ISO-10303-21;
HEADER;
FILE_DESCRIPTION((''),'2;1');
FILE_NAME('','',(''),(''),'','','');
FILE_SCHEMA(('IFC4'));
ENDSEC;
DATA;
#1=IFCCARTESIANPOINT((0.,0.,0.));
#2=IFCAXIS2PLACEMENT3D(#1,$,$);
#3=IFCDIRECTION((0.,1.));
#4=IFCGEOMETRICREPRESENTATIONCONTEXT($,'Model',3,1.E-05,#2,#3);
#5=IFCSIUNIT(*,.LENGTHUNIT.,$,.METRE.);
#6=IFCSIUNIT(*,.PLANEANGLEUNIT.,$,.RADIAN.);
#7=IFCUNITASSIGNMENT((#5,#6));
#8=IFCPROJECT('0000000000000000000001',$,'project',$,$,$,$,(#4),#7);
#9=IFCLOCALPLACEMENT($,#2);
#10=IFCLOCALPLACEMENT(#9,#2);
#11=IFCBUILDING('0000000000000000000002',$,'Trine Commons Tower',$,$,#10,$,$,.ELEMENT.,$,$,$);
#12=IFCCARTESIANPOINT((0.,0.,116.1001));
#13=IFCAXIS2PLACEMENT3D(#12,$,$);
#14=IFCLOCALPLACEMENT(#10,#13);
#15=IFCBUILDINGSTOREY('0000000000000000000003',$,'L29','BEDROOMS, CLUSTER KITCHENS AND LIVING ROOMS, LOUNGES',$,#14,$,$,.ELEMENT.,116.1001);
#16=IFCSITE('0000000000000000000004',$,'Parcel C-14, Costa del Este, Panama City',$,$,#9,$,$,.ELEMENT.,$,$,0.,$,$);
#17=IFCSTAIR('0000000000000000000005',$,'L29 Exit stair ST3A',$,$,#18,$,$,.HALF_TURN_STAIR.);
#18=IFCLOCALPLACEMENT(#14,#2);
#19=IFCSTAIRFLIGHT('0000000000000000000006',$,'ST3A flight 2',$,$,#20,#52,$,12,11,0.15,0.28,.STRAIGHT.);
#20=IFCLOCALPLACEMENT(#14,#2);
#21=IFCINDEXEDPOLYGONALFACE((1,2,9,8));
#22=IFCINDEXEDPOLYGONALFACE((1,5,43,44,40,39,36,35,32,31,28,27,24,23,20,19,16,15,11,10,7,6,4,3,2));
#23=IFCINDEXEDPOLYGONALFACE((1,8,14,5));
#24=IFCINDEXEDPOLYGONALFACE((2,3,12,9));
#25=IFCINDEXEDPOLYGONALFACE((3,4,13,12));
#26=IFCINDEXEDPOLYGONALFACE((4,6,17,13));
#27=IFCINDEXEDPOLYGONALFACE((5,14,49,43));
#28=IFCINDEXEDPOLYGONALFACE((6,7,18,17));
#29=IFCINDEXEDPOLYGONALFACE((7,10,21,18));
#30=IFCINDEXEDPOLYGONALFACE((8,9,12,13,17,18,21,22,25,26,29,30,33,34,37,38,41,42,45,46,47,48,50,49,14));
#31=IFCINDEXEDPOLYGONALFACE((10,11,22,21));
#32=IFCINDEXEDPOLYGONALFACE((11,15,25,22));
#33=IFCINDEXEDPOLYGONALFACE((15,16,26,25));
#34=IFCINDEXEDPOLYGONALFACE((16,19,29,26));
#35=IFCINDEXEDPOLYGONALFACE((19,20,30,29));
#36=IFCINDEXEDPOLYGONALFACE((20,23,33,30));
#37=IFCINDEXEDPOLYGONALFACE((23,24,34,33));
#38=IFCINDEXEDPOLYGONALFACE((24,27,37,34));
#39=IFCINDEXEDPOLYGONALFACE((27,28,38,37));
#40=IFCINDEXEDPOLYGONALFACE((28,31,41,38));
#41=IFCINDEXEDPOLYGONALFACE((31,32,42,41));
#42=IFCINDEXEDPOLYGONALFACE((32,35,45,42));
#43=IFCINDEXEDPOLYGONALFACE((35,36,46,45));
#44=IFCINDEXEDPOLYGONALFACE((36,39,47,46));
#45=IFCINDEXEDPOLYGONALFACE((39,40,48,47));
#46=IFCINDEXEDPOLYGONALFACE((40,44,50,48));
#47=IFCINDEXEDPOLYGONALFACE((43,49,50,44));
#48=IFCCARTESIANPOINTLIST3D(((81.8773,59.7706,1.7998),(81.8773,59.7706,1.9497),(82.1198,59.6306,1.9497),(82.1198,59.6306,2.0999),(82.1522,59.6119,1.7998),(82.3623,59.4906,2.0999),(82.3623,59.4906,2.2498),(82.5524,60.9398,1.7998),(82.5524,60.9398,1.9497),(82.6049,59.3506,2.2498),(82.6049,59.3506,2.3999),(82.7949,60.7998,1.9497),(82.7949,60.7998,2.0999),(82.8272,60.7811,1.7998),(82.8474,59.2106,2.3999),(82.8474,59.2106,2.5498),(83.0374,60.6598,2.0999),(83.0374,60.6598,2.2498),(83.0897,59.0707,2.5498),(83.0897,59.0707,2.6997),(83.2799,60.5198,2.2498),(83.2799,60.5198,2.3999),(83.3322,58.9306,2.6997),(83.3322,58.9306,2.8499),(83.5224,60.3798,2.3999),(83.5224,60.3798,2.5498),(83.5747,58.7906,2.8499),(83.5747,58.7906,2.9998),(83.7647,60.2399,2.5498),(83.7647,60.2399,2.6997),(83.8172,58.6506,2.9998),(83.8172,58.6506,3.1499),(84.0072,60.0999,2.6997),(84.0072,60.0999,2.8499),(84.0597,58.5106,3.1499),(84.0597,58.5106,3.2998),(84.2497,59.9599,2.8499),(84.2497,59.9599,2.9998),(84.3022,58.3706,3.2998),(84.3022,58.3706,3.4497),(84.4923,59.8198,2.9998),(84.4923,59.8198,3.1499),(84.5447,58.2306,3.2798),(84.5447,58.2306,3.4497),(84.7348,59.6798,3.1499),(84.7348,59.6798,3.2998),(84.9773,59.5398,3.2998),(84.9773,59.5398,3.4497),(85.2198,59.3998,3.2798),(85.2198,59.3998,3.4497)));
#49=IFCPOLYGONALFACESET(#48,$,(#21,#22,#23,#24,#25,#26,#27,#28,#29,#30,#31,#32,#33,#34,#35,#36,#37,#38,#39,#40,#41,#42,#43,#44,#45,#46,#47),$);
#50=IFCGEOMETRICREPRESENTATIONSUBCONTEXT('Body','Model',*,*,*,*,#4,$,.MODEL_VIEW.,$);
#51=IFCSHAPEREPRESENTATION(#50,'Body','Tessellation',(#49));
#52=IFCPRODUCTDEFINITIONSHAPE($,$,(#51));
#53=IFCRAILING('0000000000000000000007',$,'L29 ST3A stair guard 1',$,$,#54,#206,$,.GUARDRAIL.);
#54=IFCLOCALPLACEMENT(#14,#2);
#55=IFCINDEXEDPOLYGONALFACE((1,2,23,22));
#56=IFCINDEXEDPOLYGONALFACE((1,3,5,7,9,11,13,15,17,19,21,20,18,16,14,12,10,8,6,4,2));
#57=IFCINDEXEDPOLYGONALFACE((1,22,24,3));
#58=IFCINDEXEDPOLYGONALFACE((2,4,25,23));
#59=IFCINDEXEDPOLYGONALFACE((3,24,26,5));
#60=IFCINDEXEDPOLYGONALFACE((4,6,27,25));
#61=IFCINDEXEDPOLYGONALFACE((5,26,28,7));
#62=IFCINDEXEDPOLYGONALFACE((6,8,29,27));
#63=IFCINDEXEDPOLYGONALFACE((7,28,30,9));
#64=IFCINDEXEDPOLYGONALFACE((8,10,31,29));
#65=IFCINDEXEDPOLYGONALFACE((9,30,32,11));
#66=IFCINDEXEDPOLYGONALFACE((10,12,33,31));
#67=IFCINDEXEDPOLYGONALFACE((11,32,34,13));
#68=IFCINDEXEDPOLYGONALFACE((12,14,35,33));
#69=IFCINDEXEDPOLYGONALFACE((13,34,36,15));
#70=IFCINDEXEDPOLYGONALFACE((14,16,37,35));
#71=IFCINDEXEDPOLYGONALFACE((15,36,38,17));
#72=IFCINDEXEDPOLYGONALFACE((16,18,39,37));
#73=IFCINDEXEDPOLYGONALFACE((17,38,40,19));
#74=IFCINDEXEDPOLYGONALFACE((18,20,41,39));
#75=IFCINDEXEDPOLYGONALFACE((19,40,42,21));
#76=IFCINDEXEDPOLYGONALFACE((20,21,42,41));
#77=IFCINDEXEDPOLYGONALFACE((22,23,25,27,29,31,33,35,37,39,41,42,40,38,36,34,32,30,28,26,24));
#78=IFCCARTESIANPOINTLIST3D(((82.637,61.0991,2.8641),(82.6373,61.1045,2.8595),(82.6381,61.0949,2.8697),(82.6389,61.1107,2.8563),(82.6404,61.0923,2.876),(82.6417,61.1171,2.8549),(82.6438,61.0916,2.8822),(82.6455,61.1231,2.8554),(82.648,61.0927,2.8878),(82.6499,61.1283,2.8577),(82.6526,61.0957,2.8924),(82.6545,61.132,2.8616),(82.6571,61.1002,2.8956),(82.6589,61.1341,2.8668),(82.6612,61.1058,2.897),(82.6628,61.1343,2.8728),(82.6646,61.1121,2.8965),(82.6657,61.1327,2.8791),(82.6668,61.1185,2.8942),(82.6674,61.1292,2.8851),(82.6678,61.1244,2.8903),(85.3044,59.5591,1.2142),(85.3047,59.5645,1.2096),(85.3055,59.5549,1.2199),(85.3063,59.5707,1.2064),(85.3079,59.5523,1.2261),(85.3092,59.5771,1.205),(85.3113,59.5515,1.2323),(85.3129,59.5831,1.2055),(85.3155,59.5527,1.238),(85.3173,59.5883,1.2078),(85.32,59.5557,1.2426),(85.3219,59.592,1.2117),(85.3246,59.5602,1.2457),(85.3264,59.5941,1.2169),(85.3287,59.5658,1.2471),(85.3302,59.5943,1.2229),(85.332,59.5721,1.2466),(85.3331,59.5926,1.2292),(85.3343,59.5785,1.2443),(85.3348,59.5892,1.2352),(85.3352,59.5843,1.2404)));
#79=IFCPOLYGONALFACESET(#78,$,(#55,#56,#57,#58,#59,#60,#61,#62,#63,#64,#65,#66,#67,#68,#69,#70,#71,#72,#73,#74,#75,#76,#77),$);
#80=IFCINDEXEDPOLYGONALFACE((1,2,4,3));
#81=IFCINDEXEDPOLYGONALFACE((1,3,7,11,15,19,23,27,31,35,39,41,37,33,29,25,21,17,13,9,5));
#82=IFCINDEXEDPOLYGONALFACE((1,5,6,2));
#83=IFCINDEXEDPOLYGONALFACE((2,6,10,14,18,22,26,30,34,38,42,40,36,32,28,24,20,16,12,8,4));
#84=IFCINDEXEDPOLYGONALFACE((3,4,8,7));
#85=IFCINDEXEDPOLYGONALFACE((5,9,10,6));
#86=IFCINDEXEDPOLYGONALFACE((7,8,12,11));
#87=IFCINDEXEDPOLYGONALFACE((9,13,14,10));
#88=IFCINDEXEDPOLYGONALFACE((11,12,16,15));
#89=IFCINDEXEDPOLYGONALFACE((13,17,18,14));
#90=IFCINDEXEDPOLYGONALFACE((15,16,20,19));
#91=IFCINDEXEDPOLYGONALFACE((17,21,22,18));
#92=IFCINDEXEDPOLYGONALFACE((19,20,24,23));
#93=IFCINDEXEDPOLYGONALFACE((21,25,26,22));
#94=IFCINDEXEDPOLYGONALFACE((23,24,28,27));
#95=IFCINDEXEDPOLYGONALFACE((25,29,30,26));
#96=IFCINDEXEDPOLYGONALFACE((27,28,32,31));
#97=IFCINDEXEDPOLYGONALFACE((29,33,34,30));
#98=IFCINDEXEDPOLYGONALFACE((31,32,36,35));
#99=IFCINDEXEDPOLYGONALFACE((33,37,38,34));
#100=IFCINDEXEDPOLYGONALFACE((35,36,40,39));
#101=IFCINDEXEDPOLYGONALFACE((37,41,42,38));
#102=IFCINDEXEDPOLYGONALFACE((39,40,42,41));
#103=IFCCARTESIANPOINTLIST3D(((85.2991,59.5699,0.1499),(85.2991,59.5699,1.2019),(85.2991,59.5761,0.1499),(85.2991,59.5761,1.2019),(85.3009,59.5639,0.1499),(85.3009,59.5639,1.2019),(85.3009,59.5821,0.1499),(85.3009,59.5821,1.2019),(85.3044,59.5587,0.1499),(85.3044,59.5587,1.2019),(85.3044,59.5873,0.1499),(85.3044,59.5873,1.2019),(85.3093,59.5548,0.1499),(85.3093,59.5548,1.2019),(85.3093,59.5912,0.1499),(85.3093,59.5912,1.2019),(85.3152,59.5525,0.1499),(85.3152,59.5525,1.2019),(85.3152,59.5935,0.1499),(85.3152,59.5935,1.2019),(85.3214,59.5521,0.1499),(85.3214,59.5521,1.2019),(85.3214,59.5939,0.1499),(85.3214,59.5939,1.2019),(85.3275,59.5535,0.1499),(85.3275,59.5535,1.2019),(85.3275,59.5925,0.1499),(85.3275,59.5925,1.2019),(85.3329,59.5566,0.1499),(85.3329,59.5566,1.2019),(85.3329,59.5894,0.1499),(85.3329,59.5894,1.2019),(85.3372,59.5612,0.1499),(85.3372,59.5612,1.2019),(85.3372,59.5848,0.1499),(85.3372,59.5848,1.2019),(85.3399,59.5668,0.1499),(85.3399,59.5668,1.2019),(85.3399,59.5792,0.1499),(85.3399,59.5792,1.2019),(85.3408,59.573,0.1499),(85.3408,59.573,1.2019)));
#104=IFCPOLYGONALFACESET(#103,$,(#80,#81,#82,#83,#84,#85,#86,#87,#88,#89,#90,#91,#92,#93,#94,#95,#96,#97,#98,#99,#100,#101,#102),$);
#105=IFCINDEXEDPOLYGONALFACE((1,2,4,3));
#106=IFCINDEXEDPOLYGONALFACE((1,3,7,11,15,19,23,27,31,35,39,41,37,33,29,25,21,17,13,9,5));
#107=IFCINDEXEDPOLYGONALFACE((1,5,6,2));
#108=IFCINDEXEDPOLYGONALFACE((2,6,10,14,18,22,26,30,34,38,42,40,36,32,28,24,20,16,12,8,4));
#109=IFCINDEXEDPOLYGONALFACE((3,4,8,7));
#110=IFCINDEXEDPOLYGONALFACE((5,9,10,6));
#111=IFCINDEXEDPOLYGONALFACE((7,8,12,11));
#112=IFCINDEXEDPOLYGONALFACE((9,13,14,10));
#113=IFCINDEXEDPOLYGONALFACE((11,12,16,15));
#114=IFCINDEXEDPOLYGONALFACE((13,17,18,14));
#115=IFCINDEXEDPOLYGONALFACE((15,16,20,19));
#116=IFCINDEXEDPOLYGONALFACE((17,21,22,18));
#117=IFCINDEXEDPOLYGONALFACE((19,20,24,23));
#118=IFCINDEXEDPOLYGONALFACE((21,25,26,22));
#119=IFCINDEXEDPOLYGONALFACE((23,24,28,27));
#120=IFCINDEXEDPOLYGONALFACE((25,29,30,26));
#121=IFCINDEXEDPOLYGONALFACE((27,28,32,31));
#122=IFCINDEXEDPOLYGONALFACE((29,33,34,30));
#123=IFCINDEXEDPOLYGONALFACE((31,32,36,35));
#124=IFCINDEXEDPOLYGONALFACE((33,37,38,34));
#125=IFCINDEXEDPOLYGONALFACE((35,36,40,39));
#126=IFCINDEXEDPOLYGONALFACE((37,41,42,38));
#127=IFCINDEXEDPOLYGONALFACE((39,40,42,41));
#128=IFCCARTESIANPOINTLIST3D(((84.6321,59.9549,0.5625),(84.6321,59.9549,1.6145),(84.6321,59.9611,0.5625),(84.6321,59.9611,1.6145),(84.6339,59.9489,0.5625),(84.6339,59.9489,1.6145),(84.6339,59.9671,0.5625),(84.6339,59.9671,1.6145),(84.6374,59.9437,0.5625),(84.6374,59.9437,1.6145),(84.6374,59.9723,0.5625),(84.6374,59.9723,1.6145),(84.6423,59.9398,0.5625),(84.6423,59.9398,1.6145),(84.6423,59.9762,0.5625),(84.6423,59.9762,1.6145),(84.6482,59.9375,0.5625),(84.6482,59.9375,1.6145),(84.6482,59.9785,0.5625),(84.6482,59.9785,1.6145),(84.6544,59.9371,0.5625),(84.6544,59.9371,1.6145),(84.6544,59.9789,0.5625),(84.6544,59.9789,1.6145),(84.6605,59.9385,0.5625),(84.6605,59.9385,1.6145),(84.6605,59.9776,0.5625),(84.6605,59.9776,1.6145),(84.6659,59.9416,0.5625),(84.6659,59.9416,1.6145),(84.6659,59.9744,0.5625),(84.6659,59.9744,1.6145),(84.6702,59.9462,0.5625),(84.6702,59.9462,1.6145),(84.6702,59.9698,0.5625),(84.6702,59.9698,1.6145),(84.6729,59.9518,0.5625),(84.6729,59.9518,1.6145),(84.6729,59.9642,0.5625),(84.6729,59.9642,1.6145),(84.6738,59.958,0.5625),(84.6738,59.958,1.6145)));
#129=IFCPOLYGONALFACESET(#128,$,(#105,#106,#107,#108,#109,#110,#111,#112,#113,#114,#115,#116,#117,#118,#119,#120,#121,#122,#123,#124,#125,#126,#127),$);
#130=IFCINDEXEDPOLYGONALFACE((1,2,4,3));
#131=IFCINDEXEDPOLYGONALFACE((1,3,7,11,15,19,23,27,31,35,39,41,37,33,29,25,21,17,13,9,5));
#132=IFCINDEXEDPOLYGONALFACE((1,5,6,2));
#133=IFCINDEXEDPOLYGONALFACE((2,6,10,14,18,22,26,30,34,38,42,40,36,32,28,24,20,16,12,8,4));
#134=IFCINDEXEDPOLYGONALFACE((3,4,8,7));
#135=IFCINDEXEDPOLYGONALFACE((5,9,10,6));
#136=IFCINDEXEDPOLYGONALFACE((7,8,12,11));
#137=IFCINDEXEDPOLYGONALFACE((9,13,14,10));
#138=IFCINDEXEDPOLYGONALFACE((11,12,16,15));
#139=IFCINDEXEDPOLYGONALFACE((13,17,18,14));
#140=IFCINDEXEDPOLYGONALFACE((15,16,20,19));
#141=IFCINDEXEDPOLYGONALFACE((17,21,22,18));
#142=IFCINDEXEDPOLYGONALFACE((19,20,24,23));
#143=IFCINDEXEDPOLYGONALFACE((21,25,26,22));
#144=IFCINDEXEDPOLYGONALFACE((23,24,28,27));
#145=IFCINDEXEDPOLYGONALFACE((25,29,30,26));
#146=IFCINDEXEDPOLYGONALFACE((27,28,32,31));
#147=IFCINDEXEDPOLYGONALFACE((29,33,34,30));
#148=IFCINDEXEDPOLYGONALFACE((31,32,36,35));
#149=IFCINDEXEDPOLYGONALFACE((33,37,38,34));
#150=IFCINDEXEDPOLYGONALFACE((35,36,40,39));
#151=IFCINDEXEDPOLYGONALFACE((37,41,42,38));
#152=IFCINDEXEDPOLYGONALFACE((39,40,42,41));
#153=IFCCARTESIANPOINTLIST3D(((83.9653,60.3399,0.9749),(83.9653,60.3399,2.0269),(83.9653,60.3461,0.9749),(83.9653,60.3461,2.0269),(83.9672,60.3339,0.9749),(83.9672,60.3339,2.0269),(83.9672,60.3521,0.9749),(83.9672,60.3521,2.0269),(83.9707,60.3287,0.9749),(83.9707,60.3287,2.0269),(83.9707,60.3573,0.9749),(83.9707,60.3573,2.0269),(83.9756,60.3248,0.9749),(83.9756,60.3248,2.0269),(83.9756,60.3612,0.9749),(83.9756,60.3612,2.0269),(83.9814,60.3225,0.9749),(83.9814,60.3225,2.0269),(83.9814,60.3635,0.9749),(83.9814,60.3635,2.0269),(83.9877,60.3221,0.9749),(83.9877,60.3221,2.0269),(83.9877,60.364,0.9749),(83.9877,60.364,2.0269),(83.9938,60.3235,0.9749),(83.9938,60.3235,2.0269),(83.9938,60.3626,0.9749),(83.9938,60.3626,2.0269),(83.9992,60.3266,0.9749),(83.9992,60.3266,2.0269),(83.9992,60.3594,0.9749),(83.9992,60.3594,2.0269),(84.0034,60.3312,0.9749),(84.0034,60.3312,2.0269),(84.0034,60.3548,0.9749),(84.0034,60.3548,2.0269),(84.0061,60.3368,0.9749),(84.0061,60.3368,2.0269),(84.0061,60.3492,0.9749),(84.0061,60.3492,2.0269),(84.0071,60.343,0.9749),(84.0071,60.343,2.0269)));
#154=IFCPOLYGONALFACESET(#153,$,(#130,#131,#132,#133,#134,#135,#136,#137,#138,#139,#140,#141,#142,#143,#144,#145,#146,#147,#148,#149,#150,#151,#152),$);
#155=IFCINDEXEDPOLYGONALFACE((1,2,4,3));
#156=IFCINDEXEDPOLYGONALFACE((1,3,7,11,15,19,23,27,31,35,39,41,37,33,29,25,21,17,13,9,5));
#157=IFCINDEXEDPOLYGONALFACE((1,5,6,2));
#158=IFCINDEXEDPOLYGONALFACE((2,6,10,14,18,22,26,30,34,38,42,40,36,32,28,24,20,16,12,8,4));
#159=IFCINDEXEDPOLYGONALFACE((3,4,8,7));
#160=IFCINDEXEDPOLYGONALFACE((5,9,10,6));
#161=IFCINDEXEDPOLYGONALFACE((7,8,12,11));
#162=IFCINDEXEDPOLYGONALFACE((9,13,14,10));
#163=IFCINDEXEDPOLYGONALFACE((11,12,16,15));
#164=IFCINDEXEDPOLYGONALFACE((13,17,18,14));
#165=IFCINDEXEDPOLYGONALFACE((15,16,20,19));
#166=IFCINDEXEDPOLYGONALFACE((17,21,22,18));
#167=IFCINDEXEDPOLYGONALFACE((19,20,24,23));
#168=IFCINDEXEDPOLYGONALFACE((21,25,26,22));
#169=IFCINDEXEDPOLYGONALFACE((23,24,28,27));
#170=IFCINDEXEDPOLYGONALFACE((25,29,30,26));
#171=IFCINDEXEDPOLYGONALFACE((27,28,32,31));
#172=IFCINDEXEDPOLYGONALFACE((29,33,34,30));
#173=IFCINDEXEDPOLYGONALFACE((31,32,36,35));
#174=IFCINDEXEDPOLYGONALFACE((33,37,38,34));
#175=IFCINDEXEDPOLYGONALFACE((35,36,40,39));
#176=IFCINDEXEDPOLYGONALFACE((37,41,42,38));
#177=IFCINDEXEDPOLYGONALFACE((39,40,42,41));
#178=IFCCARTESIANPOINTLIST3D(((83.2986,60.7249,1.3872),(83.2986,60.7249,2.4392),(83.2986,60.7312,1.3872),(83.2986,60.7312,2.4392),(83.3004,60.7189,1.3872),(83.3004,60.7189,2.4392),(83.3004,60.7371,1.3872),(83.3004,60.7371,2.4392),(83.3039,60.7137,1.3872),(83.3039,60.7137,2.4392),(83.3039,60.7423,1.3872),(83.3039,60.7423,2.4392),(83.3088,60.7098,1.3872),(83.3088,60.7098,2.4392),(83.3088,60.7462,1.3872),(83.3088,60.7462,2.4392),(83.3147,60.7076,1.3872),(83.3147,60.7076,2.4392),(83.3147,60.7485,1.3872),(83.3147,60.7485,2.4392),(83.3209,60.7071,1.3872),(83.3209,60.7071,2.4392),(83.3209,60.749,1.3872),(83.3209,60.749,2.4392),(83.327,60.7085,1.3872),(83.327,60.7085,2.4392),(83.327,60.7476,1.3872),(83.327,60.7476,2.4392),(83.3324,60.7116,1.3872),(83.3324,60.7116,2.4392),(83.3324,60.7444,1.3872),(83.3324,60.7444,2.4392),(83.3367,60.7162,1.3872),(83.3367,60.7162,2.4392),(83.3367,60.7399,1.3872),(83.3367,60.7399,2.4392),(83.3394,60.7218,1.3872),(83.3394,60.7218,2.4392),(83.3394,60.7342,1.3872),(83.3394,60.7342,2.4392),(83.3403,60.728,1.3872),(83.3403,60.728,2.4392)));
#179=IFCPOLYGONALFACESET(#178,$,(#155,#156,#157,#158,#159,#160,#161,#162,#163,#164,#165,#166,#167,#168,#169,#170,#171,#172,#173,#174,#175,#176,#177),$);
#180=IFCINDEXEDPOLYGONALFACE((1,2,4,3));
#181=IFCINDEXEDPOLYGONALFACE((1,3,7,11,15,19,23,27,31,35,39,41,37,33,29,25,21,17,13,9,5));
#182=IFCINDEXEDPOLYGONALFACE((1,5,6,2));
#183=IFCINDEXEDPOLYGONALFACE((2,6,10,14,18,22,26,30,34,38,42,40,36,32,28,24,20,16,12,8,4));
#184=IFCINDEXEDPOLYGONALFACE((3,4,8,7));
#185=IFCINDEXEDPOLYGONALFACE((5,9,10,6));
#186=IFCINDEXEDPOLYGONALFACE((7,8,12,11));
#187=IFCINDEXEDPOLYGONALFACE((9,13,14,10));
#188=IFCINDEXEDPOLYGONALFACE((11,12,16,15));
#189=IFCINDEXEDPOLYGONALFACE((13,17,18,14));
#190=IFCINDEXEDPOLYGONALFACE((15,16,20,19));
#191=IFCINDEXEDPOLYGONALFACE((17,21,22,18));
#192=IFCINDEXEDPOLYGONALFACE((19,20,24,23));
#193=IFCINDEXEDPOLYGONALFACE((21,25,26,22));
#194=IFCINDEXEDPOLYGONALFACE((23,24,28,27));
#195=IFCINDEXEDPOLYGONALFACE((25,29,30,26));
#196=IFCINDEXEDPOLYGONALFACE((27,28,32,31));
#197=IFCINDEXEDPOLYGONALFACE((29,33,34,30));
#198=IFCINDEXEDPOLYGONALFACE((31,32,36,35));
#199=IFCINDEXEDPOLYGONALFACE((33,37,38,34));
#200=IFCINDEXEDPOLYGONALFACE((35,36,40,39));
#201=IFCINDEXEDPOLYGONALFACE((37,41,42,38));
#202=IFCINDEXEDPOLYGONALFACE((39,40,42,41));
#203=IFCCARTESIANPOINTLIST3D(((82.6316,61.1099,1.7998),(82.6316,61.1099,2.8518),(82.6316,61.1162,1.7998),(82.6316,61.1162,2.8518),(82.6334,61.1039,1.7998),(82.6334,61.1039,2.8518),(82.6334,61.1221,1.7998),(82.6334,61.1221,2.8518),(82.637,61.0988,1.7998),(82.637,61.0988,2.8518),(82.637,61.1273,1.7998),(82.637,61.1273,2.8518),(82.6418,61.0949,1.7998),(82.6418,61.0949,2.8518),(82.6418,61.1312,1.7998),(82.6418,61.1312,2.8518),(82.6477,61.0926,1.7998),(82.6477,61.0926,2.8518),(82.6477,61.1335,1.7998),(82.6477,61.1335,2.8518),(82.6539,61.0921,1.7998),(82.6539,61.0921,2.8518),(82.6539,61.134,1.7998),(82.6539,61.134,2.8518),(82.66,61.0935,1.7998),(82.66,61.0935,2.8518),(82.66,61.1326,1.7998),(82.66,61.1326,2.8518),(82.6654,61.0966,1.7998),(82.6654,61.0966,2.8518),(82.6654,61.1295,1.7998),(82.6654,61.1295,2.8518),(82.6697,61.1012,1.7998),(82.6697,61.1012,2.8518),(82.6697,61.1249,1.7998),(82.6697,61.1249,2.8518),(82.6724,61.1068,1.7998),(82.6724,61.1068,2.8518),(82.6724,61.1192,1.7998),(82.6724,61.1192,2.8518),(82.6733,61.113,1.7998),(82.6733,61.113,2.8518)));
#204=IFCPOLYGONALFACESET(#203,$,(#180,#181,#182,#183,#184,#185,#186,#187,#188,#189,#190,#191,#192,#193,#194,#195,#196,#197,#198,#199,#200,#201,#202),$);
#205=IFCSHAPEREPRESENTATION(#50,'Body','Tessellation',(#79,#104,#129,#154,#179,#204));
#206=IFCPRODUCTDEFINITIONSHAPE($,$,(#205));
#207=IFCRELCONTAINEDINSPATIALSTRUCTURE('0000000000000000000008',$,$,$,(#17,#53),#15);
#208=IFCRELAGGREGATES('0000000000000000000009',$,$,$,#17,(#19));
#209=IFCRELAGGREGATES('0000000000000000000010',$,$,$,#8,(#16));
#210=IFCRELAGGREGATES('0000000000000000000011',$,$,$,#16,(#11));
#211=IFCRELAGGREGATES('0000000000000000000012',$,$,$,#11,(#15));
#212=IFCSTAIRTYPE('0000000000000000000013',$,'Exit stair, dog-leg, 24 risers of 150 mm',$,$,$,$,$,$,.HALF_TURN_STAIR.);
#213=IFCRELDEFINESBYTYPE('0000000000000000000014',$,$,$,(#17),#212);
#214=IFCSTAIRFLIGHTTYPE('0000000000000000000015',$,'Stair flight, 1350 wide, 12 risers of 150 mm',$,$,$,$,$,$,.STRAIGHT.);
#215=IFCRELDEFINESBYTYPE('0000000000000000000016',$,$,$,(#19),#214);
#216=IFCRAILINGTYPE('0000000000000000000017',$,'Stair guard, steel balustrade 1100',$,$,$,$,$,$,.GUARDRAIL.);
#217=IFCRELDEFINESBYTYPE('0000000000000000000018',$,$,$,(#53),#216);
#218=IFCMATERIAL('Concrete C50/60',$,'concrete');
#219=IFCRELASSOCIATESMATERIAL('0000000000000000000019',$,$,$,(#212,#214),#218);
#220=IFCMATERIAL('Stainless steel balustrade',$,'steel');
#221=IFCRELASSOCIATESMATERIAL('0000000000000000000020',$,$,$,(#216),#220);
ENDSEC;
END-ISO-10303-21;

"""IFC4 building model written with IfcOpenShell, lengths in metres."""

from ifc_helpers import new_model, si_unit, direction, frame, origin, origin_2d, place, context, subcontext, project, spatial, polyline, circle, outline, extrude, material, type_object, element, aggregate, save


model = new_model("IFC4")

# Units and contexts
model_context = context("Model", 3, precision=1e-05, world=origin(), true_north=direction((0.0, 1.0)))
body_context = subcontext(model_context, "Body", "Model", "MODEL_VIEW")
ifc_project = project(units=[si_unit("LENGTHUNIT", "METRE"), si_unit("PLANEANGLEUNIT", "RADIAN")], contexts=[model_context])

# Site, building, storey
site_placement = place(None, origin())
site = spatial("IfcSite", under=ifc_project, at=site_placement, Name="Parcel C-14, Costa del Este, Panama City", CompositionType="ELEMENT", RefElevation=0.0)
building_placement = place(site_placement, origin())
building = spatial("IfcBuilding", under=site, at=building_placement, Name="Trine Commons Tower", CompositionType="ELEMENT")
storey_placement = place(building_placement, frame((0.0, 0.0, 116.1001)))
storey = spatial("IfcBuildingStorey", under=building, at=storey_placement, Name="L29", Description="BEDROOMS, CLUSTER KITCHENS AND LIVING ROOMS, LOUNGES", CompositionType="ELEMENT", Elevation=116.1001)

# Shared definitions
ifc_material_1 = material(Name="Concrete C50/60", Category="concrete")

# Stair, stair flight
stair_type = type_object("IfcStairType", Name="Exit stair, dog-leg, 24 risers of 150 mm", PredefinedType="HALF_TURN_STAIR", material=ifc_material_1)
stair_placement = place(storey_placement, origin())
stair = element("IfcStair", 1, at=stair_placement, inside=storey, type_object=stair_type, Name="L29 Exit stair ST3A", PredefinedType="HALF_TURN_STAIR")
stair_flight_type = type_object("IfcStairFlightType", Name="Stair flight, 1350 wide, 12 risers of 150 mm", PredefinedType="STRAIGHT", material=ifc_material_1)
stair_flight_placement = place(storey_placement, frame((82.2148, 60.3552, 1.7998), z_axis=(0.0, 0.0, 1.0), x_axis=(0.866025, -0.5, 0.0)))
stair_flight = element("IfcStairFlight", 2, at=stair_flight_placement, type_object=stair_flight_type, Name="ST3A flight 2", NumberOfRisers=12, NumberOfTreads=11, PredefinedType="STRAIGHT", RiserHeight=0.15, TreadLength=0.28, context=body_context, shape_type="SweptSolid", body=[
    extrude(outline(polyline([(0.0, 0.0), (0.0, 0.1499), (0.28, 0.1499), (0.28, 0.3), (0.5601, 0.3), (0.5601, 0.45), (0.8401, 0.45), (0.8401, 0.6001), (1.1201, 0.6001), (1.1201, 0.75), (1.3999, 0.75), (1.3999, 0.8999), (1.6799, 0.8999), (1.6799, 1.05), (1.96, 1.05), (1.96, 1.2), (2.24, 1.2), (2.24, 1.3501), (2.52, 1.3501), (2.52, 1.5), (2.8, 1.5), (2.8, 1.6499), (3.0801, 1.6499), (3.0801, 1.8), (3.0801, 1.48), (0.3174, 0.0), (0.0, 0.0)])), frame((0.0, 0.675, 0.0), z_axis=(0.0, -1.0, 0.0), x_axis=(1.0, 0.0, 0.0)), (0.0, 0.0, 1.0), 1.3501),
])
aggregate(stair, [stair_flight])

# Railing
ifc_material_2 = material(Name="Stainless steel balustrade", Category="steel")
railing_type_1 = type_object("IfcRailingType", Name="Stair guard, steel balustrade 1100", PredefinedType="GUARDRAIL", material=ifc_material_2)
railing_1_placement = place(storey_placement, frame((85.3198, 59.573, 0.1499)))
element("IfcRailing", 3, at=railing_1_placement, inside=storey, type_object=railing_type_1, Name="L29 ST3A stair guard 1", PredefinedType="GUARDRAIL", context=body_context, shape_type="SweptSolid", body=[
    extrude(circle(Radius=0.0239, at=origin_2d()), frame((0.0, 0.0, 1.0762), z_axis=(-0.763405, 0.440743, 0.472185), x_axis=(-0.499992, -0.86603, 0.0)), (0.0, 0.0, 1.0), 3.4941),
    extrude(circle(Radius=0.021, at=origin_2d()), origin(), (0.0, 0.0, 1.0), 1.052),
    extrude(circle(Radius=0.021, at=origin_2d()), frame((-0.667, 0.385, 0.4126)), (0.0, 0.0, 1.0), 1.052),
    extrude(circle(Radius=0.021, at=origin_2d()), frame((-1.3337, 0.77, 0.825)), (0.0, 0.0, 1.0), 1.052),
    extrude(circle(Radius=0.021, at=origin_2d()), frame((-2.0005, 1.155, 1.2373)), (0.0, 0.0, 1.0), 1.052),
    extrude(circle(Radius=0.021, at=origin_2d()), frame((-2.6675, 1.54, 1.6499)), (0.0, 0.0, 1.0), 1.052),
])

save(model, "model.ifc")
